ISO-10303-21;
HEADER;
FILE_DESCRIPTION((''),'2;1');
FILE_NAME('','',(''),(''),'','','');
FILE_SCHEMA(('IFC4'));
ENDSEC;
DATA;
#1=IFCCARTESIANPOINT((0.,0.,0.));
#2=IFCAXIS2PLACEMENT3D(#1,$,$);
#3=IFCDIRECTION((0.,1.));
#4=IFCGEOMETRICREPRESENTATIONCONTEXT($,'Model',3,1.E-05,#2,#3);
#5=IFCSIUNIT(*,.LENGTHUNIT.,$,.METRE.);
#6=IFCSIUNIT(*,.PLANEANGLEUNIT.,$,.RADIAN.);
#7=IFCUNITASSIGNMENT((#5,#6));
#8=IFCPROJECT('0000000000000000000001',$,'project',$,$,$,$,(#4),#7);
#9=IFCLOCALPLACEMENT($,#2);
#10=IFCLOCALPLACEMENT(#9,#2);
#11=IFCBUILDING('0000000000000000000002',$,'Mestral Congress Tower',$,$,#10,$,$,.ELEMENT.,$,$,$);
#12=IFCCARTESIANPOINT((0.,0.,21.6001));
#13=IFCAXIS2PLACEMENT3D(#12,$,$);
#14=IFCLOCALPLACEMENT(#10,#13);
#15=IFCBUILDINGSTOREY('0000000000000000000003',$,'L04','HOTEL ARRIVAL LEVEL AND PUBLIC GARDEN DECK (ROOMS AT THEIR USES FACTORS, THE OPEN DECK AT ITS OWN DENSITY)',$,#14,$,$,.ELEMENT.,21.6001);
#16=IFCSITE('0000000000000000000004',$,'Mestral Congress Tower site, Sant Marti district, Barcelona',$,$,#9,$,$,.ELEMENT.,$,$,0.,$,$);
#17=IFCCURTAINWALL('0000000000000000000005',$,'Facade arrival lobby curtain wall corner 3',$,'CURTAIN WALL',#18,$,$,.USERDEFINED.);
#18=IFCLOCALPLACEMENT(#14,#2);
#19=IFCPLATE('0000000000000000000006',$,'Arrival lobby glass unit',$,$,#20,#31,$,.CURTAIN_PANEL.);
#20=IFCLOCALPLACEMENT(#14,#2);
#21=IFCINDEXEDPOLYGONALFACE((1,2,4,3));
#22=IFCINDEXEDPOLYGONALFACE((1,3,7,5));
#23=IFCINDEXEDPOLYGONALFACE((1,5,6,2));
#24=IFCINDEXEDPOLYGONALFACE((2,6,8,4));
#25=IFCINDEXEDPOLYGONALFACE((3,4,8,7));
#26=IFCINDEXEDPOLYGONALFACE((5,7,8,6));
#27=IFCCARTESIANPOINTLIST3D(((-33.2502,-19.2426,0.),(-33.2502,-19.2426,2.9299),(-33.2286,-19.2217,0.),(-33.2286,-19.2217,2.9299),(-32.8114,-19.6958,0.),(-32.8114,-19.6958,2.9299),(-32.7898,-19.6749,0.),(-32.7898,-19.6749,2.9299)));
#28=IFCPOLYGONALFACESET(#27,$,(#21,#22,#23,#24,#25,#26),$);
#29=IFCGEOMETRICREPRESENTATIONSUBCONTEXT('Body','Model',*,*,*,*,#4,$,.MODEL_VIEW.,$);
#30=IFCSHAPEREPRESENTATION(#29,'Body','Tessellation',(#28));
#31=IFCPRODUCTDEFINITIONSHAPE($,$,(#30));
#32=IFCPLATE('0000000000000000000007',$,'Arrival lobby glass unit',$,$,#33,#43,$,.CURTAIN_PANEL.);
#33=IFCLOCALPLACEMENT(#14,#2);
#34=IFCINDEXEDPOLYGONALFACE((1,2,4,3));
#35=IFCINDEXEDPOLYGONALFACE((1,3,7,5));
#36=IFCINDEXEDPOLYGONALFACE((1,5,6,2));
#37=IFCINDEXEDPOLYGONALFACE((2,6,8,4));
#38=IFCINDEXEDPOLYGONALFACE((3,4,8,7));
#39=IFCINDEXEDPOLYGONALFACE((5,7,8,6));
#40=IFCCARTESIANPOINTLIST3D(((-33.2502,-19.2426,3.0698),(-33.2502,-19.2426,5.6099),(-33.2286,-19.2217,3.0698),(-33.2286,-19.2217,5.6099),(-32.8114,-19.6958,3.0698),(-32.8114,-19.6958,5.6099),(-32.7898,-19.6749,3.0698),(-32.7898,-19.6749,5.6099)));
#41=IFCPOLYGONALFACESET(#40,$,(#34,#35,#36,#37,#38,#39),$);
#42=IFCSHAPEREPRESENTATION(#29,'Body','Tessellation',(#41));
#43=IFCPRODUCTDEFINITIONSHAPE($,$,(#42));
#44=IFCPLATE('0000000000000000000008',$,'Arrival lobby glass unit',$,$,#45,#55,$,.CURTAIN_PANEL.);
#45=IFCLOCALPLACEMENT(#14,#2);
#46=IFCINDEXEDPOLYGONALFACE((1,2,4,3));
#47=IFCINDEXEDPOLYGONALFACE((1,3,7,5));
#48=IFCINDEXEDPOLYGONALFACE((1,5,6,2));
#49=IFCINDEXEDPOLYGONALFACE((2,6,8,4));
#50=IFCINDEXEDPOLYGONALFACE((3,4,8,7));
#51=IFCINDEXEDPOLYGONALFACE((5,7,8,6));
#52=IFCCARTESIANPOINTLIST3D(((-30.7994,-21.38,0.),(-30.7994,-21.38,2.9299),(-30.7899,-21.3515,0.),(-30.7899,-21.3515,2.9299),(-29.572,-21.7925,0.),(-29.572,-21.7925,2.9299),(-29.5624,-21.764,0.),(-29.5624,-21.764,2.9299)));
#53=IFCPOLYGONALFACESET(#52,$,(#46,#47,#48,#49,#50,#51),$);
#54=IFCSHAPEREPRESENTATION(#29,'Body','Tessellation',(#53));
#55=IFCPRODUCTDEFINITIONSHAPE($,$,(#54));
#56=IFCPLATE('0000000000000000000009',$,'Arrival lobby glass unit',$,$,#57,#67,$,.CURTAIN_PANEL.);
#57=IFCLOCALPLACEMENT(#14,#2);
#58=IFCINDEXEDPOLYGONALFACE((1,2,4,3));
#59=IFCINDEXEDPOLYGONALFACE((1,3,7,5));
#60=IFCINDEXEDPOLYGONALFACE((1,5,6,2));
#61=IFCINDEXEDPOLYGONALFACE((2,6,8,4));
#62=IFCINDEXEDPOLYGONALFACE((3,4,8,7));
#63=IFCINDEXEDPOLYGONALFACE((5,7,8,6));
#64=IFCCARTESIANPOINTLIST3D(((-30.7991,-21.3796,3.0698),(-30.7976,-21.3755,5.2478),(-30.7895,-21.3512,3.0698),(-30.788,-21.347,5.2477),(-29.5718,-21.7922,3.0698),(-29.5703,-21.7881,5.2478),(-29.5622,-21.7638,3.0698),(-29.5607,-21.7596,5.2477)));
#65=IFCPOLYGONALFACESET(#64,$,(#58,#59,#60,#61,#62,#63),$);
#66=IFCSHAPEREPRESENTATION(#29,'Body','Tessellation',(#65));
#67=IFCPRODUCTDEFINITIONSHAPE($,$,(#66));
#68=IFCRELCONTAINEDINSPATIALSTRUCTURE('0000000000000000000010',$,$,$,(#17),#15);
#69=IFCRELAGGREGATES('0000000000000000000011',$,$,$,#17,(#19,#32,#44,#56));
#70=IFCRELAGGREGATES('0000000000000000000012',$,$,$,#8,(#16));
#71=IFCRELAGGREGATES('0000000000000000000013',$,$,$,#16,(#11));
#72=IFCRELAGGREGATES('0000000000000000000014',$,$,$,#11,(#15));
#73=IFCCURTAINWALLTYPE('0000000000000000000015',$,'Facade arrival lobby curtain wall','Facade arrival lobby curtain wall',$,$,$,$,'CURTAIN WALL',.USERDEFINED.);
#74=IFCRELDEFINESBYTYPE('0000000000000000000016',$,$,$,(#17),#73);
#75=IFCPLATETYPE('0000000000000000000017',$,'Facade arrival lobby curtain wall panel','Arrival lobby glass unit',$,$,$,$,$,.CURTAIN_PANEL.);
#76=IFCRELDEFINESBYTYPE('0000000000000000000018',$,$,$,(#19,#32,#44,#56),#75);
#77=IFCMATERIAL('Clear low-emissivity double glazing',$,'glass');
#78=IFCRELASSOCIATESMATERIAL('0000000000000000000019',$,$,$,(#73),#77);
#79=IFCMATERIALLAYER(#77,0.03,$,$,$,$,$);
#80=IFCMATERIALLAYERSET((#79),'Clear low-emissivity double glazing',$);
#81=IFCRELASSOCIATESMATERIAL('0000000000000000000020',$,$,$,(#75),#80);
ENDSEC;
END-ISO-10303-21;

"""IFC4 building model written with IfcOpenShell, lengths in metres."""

from ifc_helpers import new_model, si_unit, direction, frame, origin, origin_2d, place, context, subcontext, project, spatial, polyline, rectangle, outline, extrude, material, layer, layer_set, type_object, element, aggregate, save


model = new_model("IFC4")

# Units and contexts
model_context = context("Model", 3, precision=1e-05, world=origin(), true_north=direction((0.0, 1.0)))
body_context = subcontext(model_context, "Body", "Model", "MODEL_VIEW")
ifc_project = project(units=[si_unit("LENGTHUNIT", "METRE"), si_unit("PLANEANGLEUNIT", "RADIAN")], contexts=[model_context])

# Site, building, storey
site_placement = place(None, origin())
site = spatial("IfcSite", under=ifc_project, at=site_placement, Name="Mestral Congress Tower site, Sant Marti district, Barcelona", CompositionType="ELEMENT", RefElevation=0.0)
building_placement = place(site_placement, origin())
building = spatial("IfcBuilding", under=site, at=building_placement, Name="Mestral Congress Tower", CompositionType="ELEMENT")
storey_placement = place(building_placement, frame((0.0, 0.0, 21.6001)))
storey = spatial("IfcBuildingStorey", under=building, at=storey_placement, Name="L04", Description="HOTEL ARRIVAL LEVEL AND PUBLIC GARDEN DECK (ROOMS AT THEIR USES FACTORS, THE OPEN DECK AT ITS OWN DENSITY)", CompositionType="ELEMENT", Elevation=21.6001)

# Curtain wall
ifc_material_1 = material(Name="Clear low-emissivity double glazing", Category="glass")
curtain_wall_type = type_object("IfcCurtainWallType", Name="Facade arrival lobby curtain wall", Description="Facade arrival lobby curtain wall", ElementType="CURTAIN WALL", PredefinedType="USERDEFINED", material=ifc_material_1)
curtain_wall_placement = place(storey_placement, origin())
curtain_wall = element("IfcCurtainWall", 1, at=curtain_wall_placement, inside=storey, type_object=curtain_wall_type, Name="Facade arrival lobby curtain wall corner 3", ObjectType="CURTAIN WALL", PredefinedType="USERDEFINED")

# Plates
ifc_layer = layer(ifc_material_1, 0.03)
ifc_layer_set = layer_set([ifc_layer], Name="Clear low-emissivity double glazing")
plate_type = type_object("IfcPlateType", Name="Facade arrival lobby curtain wall panel", Description="Arrival lobby glass unit", PredefinedType="CURTAIN_PANEL", material=ifc_layer_set)
plate_1_placement = place(storey_placement, frame((-33.02, -19.4587, 0.0), z_axis=(0.0, 0.0, 1.0), x_axis=(0.695569, -0.718459, 0.0)))
plate_1 = element("IfcPlate", 2, at=plate_1_placement, type_object=plate_type, Name="Arrival lobby glass unit", PredefinedType="CURTAIN_PANEL", context=body_context, shape_type="SweptSolid", body=[
    extrude(rectangle(XDim=0.6309, YDim=0.03, at=origin_2d()), origin(), (0.0, 0.0, 1.0), 2.9299),
])
plate_2_placement = place(storey_placement, frame((-33.02, -19.4587, 3.0698), z_axis=(0.0, 0.0, 1.0), x_axis=(0.695569, -0.718459, 0.0)))
plate_2 = element("IfcPlate", 3, at=plate_2_placement, type_object=plate_type, Name="Arrival lobby glass unit", PredefinedType="CURTAIN_PANEL", context=body_context, shape_type="SweptSolid", body=[
    extrude(rectangle(XDim=0.6309, YDim=0.03, at=origin_2d()), origin(), (0.0, 0.0, 1.0), 2.54),
])
plate_3_placement = place(storey_placement, frame((-30.1809, -21.572, 0.0), z_axis=(0.0, 0.0, 1.0), x_axis=(0.947905, -0.318554, 0.0)))
plate_3 = element("IfcPlate", 4, at=plate_3_placement, type_object=plate_type, Name="Arrival lobby glass unit", PredefinedType="CURTAIN_PANEL", context=body_context, shape_type="SweptSolid", body=[
    extrude(rectangle(XDim=1.2949, YDim=0.03, at=origin_2d()), origin(), (0.0, 0.0, 1.0), 2.9299),
])
plate_4_placement = place(storey_placement, frame((-29.5718, -21.7922, 3.0698), z_axis=(-0.318658, -0.947867, 0.002021), x_axis=(-0.947869, 0.318659, 0.0)))
plate_4 = element("IfcPlate", 5, at=plate_4_placement, type_object=plate_type, Name="Arrival lobby glass unit", PredefinedType="CURTAIN_PANEL", context=body_context, shape_type="SweptSolid", body=[
    extrude(outline(polyline([(0.0, 0.0), (1.2948, 0.0), (1.2947, -2.178), (-0.0001, -2.178), (0.0, 0.0)])), origin(), (0.0, 0.0, -1.0), 0.03),
])
aggregate(curtain_wall, [plate_1, plate_2, plate_3, plate_4])

save(model, "model.ifc")
